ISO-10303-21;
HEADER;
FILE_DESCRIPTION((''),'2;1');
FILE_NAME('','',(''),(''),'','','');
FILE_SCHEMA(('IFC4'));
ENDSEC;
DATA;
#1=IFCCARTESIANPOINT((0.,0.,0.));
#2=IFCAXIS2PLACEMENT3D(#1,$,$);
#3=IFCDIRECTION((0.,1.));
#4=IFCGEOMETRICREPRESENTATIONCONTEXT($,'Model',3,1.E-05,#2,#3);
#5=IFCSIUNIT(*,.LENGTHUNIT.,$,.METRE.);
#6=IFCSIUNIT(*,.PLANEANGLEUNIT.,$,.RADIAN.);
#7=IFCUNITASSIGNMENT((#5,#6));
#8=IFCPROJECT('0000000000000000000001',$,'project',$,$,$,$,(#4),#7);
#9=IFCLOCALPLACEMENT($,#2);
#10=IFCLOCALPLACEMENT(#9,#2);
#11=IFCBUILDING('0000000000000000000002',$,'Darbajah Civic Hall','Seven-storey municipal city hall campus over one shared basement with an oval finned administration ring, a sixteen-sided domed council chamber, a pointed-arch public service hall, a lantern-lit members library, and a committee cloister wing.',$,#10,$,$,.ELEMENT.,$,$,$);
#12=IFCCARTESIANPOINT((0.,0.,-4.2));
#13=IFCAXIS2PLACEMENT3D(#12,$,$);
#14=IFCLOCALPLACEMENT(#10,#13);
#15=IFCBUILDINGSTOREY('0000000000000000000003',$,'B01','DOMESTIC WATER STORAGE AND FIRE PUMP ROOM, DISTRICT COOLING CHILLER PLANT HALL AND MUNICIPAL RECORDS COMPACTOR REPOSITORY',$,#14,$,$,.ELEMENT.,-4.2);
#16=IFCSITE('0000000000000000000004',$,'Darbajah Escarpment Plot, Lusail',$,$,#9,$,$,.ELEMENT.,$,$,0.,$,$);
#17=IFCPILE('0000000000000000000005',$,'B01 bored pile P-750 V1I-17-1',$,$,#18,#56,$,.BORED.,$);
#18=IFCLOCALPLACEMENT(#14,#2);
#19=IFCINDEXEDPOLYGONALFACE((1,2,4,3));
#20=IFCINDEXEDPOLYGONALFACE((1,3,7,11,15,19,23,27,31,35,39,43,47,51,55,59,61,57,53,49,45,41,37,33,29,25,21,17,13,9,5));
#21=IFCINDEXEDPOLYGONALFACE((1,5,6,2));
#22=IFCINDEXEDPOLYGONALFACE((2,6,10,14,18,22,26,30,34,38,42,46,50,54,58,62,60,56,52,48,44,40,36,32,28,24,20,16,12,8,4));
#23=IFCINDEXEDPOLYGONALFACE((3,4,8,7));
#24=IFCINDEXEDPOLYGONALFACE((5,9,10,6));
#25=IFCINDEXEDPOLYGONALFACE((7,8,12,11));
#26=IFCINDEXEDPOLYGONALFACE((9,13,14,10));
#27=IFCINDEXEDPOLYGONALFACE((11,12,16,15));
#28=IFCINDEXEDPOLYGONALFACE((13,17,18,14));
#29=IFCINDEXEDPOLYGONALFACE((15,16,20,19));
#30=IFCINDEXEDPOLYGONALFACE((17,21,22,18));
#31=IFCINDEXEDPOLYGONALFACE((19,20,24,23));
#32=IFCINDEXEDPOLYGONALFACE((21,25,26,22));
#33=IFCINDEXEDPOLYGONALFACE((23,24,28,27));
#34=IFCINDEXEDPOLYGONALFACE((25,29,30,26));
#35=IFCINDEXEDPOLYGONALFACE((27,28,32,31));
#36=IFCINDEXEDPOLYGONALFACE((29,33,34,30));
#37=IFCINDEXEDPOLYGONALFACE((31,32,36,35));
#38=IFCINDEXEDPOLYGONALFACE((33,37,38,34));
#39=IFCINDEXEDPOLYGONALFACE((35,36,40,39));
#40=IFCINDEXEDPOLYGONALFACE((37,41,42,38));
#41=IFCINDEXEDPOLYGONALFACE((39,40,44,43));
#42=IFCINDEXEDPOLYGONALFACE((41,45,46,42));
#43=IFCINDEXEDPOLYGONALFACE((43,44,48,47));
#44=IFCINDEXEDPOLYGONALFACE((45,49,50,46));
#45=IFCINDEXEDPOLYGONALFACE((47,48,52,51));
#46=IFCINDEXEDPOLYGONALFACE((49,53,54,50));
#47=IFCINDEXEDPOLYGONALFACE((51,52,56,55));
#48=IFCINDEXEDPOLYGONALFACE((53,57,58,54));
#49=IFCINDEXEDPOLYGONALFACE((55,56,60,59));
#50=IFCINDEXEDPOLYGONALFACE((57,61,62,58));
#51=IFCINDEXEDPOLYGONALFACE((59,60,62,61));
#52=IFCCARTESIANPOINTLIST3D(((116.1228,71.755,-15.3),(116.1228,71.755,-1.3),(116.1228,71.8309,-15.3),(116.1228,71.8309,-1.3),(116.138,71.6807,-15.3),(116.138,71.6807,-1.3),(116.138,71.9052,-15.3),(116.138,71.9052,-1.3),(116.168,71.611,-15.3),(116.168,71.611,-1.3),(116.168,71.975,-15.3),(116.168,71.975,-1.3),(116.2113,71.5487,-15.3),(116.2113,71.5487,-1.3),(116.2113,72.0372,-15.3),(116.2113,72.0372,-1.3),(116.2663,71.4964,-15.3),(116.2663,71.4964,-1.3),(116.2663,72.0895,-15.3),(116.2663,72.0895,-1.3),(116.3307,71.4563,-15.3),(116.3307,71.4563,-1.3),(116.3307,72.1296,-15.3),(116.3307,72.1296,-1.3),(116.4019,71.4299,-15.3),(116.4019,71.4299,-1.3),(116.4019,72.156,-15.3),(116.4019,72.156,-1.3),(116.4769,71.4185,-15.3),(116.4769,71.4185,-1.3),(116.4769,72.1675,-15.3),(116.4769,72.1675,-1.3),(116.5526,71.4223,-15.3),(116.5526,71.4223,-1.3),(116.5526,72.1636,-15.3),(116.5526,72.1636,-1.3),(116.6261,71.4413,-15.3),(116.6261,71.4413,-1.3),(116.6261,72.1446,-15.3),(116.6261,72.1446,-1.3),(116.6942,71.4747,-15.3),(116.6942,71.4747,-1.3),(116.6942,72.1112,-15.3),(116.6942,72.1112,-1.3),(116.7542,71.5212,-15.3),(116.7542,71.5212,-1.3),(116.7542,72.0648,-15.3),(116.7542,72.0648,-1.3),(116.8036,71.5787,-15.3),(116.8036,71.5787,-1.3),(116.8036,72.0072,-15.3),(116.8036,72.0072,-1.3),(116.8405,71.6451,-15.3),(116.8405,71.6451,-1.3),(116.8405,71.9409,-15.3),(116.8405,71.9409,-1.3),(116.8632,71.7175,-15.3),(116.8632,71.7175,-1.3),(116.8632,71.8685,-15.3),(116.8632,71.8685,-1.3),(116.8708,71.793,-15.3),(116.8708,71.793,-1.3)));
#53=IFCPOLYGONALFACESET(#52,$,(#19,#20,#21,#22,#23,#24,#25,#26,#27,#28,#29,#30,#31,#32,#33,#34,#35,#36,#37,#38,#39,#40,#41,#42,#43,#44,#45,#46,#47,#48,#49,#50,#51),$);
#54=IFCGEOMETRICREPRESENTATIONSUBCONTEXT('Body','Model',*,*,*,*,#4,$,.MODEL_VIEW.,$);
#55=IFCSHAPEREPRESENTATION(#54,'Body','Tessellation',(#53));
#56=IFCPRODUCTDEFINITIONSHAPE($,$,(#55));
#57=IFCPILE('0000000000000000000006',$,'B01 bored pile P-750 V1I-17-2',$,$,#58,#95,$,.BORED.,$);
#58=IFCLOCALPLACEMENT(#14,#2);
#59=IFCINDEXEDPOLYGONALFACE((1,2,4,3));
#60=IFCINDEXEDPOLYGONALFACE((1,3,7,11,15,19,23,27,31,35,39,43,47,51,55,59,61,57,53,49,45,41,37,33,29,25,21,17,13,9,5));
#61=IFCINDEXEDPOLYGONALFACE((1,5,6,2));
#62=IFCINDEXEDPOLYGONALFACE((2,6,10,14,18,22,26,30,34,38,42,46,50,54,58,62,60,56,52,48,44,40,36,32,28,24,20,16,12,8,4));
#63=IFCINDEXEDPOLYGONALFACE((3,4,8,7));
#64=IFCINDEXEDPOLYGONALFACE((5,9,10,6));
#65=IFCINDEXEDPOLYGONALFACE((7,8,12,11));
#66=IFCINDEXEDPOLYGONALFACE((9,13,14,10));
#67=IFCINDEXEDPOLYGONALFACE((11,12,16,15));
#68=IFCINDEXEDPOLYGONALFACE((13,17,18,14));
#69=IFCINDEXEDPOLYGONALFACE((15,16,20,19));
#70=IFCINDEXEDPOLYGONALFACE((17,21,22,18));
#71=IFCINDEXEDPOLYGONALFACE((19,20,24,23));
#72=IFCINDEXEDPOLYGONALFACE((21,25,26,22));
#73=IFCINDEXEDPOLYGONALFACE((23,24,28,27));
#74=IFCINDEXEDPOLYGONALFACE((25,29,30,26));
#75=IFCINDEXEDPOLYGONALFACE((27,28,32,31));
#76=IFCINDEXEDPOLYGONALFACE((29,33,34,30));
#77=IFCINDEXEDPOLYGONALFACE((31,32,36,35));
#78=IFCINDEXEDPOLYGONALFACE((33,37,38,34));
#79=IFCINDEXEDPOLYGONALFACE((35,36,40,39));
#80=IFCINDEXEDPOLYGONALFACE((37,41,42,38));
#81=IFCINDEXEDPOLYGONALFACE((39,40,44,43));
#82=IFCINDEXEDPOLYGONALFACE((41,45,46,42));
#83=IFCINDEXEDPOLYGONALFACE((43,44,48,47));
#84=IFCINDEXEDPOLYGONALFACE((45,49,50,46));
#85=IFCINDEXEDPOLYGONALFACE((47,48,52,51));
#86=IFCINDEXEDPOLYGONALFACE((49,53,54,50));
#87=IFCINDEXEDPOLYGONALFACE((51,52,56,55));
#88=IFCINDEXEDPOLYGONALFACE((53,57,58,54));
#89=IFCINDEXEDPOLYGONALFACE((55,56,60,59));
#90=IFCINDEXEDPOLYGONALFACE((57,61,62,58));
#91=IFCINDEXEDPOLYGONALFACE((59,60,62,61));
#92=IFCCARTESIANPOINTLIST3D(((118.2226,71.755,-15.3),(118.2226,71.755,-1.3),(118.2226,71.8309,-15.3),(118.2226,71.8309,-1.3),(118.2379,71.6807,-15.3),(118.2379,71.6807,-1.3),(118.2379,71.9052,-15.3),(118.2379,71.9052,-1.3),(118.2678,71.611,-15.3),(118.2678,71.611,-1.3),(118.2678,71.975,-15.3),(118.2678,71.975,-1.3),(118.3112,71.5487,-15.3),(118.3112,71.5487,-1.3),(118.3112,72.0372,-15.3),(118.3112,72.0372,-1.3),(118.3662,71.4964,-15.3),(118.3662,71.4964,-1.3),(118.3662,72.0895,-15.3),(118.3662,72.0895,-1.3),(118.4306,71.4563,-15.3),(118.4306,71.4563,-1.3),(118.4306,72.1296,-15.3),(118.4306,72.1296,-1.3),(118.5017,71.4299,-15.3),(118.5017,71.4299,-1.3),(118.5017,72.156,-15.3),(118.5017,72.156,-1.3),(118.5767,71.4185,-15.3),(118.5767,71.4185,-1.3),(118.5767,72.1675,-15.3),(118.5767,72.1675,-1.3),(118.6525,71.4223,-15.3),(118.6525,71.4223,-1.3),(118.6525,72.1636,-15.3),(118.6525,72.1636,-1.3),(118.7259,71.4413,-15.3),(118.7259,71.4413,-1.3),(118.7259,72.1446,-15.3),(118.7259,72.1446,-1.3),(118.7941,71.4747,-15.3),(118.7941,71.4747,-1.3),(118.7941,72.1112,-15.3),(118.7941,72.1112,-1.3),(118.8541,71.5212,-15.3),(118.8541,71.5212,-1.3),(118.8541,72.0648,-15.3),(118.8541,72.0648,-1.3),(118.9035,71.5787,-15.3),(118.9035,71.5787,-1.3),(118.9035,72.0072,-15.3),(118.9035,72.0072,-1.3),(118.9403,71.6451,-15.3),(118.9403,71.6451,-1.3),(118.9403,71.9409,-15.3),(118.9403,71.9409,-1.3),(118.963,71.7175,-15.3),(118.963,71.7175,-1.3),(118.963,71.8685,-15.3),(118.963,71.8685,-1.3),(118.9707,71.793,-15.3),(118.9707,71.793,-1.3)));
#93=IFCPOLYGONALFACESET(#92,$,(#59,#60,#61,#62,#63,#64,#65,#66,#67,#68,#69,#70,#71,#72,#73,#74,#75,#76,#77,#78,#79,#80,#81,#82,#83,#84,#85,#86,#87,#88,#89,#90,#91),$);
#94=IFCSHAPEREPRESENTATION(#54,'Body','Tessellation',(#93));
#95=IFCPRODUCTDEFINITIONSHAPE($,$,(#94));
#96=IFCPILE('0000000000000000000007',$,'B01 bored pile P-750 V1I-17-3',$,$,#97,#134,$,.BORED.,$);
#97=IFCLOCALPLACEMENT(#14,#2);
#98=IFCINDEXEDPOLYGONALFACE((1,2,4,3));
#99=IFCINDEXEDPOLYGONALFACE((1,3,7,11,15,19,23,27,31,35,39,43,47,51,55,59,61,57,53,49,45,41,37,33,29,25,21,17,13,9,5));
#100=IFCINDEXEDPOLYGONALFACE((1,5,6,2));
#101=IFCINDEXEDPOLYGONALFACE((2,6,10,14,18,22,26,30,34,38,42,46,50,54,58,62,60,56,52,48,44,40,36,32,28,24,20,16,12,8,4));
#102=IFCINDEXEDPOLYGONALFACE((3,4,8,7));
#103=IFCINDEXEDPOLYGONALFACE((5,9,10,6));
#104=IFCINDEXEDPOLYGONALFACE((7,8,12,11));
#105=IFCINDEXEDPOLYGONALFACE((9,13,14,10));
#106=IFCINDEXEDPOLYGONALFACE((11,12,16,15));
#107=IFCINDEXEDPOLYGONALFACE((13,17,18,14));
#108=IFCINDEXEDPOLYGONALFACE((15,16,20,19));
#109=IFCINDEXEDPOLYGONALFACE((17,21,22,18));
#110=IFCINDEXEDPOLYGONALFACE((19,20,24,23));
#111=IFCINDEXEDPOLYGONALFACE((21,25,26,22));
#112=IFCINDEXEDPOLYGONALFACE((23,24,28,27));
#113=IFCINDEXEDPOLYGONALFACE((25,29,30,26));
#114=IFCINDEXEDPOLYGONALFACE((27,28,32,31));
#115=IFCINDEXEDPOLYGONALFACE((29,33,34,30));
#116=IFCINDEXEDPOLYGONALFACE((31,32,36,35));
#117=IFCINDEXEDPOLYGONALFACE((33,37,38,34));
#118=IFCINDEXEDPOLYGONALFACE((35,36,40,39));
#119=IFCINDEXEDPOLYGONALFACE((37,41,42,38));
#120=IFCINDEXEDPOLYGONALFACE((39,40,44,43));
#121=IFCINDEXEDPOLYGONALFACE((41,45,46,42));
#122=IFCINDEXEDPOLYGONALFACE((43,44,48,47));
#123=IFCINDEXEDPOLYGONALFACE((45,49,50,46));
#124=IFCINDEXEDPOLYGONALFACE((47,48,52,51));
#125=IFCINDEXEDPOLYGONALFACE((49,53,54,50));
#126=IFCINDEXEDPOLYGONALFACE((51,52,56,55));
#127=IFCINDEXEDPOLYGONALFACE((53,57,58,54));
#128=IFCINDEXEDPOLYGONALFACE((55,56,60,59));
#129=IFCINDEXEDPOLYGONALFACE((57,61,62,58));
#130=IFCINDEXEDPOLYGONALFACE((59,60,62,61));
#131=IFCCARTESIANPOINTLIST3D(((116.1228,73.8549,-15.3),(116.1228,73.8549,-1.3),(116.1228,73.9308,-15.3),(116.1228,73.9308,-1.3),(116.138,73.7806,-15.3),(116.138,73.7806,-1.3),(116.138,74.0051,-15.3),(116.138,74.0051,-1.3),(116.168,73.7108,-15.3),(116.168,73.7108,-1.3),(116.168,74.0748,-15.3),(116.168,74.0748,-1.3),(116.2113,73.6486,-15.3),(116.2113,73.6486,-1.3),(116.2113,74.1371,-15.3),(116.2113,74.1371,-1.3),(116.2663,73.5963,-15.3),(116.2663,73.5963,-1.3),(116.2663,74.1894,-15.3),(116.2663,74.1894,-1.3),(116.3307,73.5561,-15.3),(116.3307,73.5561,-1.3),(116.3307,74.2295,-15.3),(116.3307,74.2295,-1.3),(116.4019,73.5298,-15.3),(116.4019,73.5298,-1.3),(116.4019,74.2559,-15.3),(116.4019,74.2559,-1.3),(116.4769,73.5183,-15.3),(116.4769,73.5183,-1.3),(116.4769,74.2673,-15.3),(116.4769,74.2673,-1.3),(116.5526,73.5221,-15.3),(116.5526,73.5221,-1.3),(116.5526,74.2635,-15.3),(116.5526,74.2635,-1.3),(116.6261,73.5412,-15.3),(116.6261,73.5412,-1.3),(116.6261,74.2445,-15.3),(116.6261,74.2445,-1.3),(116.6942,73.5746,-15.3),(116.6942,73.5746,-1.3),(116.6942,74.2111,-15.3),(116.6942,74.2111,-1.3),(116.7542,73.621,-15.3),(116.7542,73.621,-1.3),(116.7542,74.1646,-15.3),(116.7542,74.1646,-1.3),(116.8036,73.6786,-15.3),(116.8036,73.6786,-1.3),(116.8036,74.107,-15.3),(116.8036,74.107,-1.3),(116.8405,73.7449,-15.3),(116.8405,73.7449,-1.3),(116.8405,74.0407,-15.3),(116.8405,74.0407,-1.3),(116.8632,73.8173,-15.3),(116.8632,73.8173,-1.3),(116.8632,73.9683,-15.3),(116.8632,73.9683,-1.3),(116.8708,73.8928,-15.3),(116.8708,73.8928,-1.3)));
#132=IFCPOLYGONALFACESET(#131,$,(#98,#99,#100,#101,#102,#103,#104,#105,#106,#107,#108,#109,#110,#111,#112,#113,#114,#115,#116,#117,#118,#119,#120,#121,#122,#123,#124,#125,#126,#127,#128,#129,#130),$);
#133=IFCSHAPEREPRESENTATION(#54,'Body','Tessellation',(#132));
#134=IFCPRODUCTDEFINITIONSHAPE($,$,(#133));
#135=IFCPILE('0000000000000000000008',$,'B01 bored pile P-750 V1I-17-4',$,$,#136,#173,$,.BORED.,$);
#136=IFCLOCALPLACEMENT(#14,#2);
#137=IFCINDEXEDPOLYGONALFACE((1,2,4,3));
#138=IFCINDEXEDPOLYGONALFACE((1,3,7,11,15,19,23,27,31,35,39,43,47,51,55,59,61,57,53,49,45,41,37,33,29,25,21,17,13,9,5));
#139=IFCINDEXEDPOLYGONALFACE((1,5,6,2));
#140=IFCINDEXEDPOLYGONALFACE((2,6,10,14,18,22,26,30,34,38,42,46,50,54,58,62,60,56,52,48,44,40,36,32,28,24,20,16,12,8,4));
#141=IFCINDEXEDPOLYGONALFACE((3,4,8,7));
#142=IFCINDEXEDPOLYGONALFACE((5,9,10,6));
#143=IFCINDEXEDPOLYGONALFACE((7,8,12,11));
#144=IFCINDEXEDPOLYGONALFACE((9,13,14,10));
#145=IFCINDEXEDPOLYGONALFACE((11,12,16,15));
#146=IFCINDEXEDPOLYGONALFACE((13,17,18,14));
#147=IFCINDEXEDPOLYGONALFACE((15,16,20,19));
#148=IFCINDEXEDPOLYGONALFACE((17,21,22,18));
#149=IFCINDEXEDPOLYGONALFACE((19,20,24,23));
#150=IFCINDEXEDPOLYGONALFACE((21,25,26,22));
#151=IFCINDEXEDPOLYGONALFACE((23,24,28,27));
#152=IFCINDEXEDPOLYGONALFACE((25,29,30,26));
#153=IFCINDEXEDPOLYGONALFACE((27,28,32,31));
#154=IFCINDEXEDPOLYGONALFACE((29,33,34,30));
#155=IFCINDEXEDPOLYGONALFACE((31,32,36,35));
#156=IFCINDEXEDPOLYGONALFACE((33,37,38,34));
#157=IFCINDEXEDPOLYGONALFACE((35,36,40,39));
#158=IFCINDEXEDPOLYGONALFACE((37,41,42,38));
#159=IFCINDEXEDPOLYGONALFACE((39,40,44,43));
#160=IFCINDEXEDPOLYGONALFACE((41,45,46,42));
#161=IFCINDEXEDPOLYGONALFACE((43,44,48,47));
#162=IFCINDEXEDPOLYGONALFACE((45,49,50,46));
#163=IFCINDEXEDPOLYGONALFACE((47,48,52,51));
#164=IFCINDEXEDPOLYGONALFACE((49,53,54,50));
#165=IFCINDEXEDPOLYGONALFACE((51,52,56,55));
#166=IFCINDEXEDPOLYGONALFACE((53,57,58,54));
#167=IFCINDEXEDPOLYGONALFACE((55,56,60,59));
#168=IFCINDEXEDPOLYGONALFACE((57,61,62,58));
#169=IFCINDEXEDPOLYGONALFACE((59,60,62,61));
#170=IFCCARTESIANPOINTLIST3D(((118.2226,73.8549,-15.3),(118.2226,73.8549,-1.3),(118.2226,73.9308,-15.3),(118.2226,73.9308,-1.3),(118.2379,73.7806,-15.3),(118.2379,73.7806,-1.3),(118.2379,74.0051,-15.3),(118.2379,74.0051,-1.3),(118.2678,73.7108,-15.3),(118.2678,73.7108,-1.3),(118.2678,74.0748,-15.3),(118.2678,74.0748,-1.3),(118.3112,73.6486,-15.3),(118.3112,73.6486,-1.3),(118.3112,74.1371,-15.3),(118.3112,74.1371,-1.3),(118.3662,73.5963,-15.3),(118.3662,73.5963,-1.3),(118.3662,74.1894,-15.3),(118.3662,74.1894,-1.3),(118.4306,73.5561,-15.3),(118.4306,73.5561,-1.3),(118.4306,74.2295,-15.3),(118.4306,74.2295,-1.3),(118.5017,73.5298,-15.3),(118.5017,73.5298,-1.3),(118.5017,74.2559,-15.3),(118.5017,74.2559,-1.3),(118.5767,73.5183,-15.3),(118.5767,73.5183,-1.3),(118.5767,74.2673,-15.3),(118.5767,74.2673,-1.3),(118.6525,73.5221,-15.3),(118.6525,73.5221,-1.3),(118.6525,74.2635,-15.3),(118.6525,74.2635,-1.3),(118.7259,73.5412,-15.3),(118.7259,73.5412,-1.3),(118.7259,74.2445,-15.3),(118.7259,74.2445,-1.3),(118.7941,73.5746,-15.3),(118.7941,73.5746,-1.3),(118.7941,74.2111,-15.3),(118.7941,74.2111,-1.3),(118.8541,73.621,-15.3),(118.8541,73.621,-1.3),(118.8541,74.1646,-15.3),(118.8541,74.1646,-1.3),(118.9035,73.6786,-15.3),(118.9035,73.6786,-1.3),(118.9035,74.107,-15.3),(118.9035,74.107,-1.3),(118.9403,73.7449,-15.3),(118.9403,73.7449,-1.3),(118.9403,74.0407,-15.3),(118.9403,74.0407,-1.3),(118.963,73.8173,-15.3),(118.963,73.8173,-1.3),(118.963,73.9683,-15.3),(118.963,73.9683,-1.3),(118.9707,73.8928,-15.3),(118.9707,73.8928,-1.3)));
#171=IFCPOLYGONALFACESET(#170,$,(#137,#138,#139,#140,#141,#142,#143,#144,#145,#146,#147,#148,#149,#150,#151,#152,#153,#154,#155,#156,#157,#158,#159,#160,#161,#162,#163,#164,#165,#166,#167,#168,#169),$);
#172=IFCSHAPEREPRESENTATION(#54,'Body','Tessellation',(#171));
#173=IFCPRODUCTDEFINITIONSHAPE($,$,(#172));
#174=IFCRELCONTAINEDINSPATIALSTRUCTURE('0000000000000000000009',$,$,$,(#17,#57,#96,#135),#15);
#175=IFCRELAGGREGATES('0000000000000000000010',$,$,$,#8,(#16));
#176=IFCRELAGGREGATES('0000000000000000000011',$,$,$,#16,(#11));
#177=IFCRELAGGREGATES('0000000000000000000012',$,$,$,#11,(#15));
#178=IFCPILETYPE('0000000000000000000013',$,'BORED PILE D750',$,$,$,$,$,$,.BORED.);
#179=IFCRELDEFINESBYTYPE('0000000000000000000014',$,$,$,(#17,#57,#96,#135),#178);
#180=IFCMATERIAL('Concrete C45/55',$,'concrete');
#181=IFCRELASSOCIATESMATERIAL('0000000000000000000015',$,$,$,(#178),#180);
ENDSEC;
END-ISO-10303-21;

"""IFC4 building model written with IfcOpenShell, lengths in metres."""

from ifc_helpers import new_model, si_unit, direction, frame, origin, origin_2d, place, context, subcontext, project, spatial, circle, extrude, material, material_profile, profile_set, type_object, element, save


model = new_model("IFC4")

# Units and contexts
model_context = context("Model", 3, precision=1e-05, world=origin(), true_north=direction((0.0, 1.0)))
body_context = subcontext(model_context, "Body", "Model", "MODEL_VIEW")
ifc_project = project(units=[si_unit("LENGTHUNIT", "METRE"), si_unit("PLANEANGLEUNIT", "RADIAN")], contexts=[model_context])

# Site, building, storey
site_placement = place(None, origin())
site = spatial("IfcSite", under=ifc_project, at=site_placement, Name="Darbajah Escarpment Plot, Lusail", CompositionType="ELEMENT", RefElevation=0.0)
building_placement = place(site_placement, origin())
building = spatial("IfcBuilding", under=site, at=building_placement, Name="Darbajah Civic Hall", Description="Seven-storey municipal city hall campus over one shared basement with an oval finned administration ring, a sixteen-sided domed council chamber, a pointed-arch public service hall, a lantern-lit members library, and a committee cloister wing.", CompositionType="ELEMENT")
storey_placement = place(building_placement, frame((0.0, 0.0, -4.2)))
storey = spatial("IfcBuildingStorey", under=building, at=storey_placement, Name="B01", Description="DOMESTIC WATER STORAGE AND FIRE PUMP ROOM, DISTRICT COOLING CHILLER PLANT HALL AND MUNICIPAL RECORDS COMPACTOR REPOSITORY", CompositionType="ELEMENT", Elevation=-4.2)

# Piles
ifc_material_1 = material(Name="Concrete C45/55", Category="concrete")
ifc_material_profile_1 = material_profile(ifc_material_1, circle(Radius=0.375, at=origin_2d()), Name="BORED PILE D750")
ifc_profile_set_1 = profile_set([ifc_material_profile_1], Name="Concrete C45/55")
pile_type_1 = type_object("IfcPileType", Name="BORED PILE D750", PredefinedType="BORED", material=ifc_profile_set_1)
for number, where, z_axis, x_axis, name in (
    (1, (116.4958, 71.793, -1.3), (0.0, 0.0, -1.0), (1.0, 0.0, 0.0), "B01 bored pile P-750 V1I-17-1"),
    (2, (118.5957, 71.793, -1.3), (0.0, 0.0, -1.0), (1.0, 0.0, 0.0), "B01 bored pile P-750 V1I-17-2"),
    (3, (116.4958, 73.8928, -1.3), (0.0, 0.0, -1.0), (1.0, 0.0, 0.0), "B01 bored pile P-750 V1I-17-3"),
    (4, (118.5957, 73.8928, -1.3), (0.0, 0.0, -1.0), (1.0, 0.0, 0.0), "B01 bored pile P-750 V1I-17-4"),
):
    element("IfcPile", number, at=place(storey_placement, frame(where, z_axis=z_axis, x_axis=x_axis)), inside=storey, type_object=pile_type_1, Name=name, PredefinedType="BORED", context=body_context, shape_type="SweptSolid", body=[
        extrude(circle(Radius=0.375, at=origin_2d()), origin(), (0.0, 0.0, 1.0), 14.0),
    ])

save(model, "model.ifc")
